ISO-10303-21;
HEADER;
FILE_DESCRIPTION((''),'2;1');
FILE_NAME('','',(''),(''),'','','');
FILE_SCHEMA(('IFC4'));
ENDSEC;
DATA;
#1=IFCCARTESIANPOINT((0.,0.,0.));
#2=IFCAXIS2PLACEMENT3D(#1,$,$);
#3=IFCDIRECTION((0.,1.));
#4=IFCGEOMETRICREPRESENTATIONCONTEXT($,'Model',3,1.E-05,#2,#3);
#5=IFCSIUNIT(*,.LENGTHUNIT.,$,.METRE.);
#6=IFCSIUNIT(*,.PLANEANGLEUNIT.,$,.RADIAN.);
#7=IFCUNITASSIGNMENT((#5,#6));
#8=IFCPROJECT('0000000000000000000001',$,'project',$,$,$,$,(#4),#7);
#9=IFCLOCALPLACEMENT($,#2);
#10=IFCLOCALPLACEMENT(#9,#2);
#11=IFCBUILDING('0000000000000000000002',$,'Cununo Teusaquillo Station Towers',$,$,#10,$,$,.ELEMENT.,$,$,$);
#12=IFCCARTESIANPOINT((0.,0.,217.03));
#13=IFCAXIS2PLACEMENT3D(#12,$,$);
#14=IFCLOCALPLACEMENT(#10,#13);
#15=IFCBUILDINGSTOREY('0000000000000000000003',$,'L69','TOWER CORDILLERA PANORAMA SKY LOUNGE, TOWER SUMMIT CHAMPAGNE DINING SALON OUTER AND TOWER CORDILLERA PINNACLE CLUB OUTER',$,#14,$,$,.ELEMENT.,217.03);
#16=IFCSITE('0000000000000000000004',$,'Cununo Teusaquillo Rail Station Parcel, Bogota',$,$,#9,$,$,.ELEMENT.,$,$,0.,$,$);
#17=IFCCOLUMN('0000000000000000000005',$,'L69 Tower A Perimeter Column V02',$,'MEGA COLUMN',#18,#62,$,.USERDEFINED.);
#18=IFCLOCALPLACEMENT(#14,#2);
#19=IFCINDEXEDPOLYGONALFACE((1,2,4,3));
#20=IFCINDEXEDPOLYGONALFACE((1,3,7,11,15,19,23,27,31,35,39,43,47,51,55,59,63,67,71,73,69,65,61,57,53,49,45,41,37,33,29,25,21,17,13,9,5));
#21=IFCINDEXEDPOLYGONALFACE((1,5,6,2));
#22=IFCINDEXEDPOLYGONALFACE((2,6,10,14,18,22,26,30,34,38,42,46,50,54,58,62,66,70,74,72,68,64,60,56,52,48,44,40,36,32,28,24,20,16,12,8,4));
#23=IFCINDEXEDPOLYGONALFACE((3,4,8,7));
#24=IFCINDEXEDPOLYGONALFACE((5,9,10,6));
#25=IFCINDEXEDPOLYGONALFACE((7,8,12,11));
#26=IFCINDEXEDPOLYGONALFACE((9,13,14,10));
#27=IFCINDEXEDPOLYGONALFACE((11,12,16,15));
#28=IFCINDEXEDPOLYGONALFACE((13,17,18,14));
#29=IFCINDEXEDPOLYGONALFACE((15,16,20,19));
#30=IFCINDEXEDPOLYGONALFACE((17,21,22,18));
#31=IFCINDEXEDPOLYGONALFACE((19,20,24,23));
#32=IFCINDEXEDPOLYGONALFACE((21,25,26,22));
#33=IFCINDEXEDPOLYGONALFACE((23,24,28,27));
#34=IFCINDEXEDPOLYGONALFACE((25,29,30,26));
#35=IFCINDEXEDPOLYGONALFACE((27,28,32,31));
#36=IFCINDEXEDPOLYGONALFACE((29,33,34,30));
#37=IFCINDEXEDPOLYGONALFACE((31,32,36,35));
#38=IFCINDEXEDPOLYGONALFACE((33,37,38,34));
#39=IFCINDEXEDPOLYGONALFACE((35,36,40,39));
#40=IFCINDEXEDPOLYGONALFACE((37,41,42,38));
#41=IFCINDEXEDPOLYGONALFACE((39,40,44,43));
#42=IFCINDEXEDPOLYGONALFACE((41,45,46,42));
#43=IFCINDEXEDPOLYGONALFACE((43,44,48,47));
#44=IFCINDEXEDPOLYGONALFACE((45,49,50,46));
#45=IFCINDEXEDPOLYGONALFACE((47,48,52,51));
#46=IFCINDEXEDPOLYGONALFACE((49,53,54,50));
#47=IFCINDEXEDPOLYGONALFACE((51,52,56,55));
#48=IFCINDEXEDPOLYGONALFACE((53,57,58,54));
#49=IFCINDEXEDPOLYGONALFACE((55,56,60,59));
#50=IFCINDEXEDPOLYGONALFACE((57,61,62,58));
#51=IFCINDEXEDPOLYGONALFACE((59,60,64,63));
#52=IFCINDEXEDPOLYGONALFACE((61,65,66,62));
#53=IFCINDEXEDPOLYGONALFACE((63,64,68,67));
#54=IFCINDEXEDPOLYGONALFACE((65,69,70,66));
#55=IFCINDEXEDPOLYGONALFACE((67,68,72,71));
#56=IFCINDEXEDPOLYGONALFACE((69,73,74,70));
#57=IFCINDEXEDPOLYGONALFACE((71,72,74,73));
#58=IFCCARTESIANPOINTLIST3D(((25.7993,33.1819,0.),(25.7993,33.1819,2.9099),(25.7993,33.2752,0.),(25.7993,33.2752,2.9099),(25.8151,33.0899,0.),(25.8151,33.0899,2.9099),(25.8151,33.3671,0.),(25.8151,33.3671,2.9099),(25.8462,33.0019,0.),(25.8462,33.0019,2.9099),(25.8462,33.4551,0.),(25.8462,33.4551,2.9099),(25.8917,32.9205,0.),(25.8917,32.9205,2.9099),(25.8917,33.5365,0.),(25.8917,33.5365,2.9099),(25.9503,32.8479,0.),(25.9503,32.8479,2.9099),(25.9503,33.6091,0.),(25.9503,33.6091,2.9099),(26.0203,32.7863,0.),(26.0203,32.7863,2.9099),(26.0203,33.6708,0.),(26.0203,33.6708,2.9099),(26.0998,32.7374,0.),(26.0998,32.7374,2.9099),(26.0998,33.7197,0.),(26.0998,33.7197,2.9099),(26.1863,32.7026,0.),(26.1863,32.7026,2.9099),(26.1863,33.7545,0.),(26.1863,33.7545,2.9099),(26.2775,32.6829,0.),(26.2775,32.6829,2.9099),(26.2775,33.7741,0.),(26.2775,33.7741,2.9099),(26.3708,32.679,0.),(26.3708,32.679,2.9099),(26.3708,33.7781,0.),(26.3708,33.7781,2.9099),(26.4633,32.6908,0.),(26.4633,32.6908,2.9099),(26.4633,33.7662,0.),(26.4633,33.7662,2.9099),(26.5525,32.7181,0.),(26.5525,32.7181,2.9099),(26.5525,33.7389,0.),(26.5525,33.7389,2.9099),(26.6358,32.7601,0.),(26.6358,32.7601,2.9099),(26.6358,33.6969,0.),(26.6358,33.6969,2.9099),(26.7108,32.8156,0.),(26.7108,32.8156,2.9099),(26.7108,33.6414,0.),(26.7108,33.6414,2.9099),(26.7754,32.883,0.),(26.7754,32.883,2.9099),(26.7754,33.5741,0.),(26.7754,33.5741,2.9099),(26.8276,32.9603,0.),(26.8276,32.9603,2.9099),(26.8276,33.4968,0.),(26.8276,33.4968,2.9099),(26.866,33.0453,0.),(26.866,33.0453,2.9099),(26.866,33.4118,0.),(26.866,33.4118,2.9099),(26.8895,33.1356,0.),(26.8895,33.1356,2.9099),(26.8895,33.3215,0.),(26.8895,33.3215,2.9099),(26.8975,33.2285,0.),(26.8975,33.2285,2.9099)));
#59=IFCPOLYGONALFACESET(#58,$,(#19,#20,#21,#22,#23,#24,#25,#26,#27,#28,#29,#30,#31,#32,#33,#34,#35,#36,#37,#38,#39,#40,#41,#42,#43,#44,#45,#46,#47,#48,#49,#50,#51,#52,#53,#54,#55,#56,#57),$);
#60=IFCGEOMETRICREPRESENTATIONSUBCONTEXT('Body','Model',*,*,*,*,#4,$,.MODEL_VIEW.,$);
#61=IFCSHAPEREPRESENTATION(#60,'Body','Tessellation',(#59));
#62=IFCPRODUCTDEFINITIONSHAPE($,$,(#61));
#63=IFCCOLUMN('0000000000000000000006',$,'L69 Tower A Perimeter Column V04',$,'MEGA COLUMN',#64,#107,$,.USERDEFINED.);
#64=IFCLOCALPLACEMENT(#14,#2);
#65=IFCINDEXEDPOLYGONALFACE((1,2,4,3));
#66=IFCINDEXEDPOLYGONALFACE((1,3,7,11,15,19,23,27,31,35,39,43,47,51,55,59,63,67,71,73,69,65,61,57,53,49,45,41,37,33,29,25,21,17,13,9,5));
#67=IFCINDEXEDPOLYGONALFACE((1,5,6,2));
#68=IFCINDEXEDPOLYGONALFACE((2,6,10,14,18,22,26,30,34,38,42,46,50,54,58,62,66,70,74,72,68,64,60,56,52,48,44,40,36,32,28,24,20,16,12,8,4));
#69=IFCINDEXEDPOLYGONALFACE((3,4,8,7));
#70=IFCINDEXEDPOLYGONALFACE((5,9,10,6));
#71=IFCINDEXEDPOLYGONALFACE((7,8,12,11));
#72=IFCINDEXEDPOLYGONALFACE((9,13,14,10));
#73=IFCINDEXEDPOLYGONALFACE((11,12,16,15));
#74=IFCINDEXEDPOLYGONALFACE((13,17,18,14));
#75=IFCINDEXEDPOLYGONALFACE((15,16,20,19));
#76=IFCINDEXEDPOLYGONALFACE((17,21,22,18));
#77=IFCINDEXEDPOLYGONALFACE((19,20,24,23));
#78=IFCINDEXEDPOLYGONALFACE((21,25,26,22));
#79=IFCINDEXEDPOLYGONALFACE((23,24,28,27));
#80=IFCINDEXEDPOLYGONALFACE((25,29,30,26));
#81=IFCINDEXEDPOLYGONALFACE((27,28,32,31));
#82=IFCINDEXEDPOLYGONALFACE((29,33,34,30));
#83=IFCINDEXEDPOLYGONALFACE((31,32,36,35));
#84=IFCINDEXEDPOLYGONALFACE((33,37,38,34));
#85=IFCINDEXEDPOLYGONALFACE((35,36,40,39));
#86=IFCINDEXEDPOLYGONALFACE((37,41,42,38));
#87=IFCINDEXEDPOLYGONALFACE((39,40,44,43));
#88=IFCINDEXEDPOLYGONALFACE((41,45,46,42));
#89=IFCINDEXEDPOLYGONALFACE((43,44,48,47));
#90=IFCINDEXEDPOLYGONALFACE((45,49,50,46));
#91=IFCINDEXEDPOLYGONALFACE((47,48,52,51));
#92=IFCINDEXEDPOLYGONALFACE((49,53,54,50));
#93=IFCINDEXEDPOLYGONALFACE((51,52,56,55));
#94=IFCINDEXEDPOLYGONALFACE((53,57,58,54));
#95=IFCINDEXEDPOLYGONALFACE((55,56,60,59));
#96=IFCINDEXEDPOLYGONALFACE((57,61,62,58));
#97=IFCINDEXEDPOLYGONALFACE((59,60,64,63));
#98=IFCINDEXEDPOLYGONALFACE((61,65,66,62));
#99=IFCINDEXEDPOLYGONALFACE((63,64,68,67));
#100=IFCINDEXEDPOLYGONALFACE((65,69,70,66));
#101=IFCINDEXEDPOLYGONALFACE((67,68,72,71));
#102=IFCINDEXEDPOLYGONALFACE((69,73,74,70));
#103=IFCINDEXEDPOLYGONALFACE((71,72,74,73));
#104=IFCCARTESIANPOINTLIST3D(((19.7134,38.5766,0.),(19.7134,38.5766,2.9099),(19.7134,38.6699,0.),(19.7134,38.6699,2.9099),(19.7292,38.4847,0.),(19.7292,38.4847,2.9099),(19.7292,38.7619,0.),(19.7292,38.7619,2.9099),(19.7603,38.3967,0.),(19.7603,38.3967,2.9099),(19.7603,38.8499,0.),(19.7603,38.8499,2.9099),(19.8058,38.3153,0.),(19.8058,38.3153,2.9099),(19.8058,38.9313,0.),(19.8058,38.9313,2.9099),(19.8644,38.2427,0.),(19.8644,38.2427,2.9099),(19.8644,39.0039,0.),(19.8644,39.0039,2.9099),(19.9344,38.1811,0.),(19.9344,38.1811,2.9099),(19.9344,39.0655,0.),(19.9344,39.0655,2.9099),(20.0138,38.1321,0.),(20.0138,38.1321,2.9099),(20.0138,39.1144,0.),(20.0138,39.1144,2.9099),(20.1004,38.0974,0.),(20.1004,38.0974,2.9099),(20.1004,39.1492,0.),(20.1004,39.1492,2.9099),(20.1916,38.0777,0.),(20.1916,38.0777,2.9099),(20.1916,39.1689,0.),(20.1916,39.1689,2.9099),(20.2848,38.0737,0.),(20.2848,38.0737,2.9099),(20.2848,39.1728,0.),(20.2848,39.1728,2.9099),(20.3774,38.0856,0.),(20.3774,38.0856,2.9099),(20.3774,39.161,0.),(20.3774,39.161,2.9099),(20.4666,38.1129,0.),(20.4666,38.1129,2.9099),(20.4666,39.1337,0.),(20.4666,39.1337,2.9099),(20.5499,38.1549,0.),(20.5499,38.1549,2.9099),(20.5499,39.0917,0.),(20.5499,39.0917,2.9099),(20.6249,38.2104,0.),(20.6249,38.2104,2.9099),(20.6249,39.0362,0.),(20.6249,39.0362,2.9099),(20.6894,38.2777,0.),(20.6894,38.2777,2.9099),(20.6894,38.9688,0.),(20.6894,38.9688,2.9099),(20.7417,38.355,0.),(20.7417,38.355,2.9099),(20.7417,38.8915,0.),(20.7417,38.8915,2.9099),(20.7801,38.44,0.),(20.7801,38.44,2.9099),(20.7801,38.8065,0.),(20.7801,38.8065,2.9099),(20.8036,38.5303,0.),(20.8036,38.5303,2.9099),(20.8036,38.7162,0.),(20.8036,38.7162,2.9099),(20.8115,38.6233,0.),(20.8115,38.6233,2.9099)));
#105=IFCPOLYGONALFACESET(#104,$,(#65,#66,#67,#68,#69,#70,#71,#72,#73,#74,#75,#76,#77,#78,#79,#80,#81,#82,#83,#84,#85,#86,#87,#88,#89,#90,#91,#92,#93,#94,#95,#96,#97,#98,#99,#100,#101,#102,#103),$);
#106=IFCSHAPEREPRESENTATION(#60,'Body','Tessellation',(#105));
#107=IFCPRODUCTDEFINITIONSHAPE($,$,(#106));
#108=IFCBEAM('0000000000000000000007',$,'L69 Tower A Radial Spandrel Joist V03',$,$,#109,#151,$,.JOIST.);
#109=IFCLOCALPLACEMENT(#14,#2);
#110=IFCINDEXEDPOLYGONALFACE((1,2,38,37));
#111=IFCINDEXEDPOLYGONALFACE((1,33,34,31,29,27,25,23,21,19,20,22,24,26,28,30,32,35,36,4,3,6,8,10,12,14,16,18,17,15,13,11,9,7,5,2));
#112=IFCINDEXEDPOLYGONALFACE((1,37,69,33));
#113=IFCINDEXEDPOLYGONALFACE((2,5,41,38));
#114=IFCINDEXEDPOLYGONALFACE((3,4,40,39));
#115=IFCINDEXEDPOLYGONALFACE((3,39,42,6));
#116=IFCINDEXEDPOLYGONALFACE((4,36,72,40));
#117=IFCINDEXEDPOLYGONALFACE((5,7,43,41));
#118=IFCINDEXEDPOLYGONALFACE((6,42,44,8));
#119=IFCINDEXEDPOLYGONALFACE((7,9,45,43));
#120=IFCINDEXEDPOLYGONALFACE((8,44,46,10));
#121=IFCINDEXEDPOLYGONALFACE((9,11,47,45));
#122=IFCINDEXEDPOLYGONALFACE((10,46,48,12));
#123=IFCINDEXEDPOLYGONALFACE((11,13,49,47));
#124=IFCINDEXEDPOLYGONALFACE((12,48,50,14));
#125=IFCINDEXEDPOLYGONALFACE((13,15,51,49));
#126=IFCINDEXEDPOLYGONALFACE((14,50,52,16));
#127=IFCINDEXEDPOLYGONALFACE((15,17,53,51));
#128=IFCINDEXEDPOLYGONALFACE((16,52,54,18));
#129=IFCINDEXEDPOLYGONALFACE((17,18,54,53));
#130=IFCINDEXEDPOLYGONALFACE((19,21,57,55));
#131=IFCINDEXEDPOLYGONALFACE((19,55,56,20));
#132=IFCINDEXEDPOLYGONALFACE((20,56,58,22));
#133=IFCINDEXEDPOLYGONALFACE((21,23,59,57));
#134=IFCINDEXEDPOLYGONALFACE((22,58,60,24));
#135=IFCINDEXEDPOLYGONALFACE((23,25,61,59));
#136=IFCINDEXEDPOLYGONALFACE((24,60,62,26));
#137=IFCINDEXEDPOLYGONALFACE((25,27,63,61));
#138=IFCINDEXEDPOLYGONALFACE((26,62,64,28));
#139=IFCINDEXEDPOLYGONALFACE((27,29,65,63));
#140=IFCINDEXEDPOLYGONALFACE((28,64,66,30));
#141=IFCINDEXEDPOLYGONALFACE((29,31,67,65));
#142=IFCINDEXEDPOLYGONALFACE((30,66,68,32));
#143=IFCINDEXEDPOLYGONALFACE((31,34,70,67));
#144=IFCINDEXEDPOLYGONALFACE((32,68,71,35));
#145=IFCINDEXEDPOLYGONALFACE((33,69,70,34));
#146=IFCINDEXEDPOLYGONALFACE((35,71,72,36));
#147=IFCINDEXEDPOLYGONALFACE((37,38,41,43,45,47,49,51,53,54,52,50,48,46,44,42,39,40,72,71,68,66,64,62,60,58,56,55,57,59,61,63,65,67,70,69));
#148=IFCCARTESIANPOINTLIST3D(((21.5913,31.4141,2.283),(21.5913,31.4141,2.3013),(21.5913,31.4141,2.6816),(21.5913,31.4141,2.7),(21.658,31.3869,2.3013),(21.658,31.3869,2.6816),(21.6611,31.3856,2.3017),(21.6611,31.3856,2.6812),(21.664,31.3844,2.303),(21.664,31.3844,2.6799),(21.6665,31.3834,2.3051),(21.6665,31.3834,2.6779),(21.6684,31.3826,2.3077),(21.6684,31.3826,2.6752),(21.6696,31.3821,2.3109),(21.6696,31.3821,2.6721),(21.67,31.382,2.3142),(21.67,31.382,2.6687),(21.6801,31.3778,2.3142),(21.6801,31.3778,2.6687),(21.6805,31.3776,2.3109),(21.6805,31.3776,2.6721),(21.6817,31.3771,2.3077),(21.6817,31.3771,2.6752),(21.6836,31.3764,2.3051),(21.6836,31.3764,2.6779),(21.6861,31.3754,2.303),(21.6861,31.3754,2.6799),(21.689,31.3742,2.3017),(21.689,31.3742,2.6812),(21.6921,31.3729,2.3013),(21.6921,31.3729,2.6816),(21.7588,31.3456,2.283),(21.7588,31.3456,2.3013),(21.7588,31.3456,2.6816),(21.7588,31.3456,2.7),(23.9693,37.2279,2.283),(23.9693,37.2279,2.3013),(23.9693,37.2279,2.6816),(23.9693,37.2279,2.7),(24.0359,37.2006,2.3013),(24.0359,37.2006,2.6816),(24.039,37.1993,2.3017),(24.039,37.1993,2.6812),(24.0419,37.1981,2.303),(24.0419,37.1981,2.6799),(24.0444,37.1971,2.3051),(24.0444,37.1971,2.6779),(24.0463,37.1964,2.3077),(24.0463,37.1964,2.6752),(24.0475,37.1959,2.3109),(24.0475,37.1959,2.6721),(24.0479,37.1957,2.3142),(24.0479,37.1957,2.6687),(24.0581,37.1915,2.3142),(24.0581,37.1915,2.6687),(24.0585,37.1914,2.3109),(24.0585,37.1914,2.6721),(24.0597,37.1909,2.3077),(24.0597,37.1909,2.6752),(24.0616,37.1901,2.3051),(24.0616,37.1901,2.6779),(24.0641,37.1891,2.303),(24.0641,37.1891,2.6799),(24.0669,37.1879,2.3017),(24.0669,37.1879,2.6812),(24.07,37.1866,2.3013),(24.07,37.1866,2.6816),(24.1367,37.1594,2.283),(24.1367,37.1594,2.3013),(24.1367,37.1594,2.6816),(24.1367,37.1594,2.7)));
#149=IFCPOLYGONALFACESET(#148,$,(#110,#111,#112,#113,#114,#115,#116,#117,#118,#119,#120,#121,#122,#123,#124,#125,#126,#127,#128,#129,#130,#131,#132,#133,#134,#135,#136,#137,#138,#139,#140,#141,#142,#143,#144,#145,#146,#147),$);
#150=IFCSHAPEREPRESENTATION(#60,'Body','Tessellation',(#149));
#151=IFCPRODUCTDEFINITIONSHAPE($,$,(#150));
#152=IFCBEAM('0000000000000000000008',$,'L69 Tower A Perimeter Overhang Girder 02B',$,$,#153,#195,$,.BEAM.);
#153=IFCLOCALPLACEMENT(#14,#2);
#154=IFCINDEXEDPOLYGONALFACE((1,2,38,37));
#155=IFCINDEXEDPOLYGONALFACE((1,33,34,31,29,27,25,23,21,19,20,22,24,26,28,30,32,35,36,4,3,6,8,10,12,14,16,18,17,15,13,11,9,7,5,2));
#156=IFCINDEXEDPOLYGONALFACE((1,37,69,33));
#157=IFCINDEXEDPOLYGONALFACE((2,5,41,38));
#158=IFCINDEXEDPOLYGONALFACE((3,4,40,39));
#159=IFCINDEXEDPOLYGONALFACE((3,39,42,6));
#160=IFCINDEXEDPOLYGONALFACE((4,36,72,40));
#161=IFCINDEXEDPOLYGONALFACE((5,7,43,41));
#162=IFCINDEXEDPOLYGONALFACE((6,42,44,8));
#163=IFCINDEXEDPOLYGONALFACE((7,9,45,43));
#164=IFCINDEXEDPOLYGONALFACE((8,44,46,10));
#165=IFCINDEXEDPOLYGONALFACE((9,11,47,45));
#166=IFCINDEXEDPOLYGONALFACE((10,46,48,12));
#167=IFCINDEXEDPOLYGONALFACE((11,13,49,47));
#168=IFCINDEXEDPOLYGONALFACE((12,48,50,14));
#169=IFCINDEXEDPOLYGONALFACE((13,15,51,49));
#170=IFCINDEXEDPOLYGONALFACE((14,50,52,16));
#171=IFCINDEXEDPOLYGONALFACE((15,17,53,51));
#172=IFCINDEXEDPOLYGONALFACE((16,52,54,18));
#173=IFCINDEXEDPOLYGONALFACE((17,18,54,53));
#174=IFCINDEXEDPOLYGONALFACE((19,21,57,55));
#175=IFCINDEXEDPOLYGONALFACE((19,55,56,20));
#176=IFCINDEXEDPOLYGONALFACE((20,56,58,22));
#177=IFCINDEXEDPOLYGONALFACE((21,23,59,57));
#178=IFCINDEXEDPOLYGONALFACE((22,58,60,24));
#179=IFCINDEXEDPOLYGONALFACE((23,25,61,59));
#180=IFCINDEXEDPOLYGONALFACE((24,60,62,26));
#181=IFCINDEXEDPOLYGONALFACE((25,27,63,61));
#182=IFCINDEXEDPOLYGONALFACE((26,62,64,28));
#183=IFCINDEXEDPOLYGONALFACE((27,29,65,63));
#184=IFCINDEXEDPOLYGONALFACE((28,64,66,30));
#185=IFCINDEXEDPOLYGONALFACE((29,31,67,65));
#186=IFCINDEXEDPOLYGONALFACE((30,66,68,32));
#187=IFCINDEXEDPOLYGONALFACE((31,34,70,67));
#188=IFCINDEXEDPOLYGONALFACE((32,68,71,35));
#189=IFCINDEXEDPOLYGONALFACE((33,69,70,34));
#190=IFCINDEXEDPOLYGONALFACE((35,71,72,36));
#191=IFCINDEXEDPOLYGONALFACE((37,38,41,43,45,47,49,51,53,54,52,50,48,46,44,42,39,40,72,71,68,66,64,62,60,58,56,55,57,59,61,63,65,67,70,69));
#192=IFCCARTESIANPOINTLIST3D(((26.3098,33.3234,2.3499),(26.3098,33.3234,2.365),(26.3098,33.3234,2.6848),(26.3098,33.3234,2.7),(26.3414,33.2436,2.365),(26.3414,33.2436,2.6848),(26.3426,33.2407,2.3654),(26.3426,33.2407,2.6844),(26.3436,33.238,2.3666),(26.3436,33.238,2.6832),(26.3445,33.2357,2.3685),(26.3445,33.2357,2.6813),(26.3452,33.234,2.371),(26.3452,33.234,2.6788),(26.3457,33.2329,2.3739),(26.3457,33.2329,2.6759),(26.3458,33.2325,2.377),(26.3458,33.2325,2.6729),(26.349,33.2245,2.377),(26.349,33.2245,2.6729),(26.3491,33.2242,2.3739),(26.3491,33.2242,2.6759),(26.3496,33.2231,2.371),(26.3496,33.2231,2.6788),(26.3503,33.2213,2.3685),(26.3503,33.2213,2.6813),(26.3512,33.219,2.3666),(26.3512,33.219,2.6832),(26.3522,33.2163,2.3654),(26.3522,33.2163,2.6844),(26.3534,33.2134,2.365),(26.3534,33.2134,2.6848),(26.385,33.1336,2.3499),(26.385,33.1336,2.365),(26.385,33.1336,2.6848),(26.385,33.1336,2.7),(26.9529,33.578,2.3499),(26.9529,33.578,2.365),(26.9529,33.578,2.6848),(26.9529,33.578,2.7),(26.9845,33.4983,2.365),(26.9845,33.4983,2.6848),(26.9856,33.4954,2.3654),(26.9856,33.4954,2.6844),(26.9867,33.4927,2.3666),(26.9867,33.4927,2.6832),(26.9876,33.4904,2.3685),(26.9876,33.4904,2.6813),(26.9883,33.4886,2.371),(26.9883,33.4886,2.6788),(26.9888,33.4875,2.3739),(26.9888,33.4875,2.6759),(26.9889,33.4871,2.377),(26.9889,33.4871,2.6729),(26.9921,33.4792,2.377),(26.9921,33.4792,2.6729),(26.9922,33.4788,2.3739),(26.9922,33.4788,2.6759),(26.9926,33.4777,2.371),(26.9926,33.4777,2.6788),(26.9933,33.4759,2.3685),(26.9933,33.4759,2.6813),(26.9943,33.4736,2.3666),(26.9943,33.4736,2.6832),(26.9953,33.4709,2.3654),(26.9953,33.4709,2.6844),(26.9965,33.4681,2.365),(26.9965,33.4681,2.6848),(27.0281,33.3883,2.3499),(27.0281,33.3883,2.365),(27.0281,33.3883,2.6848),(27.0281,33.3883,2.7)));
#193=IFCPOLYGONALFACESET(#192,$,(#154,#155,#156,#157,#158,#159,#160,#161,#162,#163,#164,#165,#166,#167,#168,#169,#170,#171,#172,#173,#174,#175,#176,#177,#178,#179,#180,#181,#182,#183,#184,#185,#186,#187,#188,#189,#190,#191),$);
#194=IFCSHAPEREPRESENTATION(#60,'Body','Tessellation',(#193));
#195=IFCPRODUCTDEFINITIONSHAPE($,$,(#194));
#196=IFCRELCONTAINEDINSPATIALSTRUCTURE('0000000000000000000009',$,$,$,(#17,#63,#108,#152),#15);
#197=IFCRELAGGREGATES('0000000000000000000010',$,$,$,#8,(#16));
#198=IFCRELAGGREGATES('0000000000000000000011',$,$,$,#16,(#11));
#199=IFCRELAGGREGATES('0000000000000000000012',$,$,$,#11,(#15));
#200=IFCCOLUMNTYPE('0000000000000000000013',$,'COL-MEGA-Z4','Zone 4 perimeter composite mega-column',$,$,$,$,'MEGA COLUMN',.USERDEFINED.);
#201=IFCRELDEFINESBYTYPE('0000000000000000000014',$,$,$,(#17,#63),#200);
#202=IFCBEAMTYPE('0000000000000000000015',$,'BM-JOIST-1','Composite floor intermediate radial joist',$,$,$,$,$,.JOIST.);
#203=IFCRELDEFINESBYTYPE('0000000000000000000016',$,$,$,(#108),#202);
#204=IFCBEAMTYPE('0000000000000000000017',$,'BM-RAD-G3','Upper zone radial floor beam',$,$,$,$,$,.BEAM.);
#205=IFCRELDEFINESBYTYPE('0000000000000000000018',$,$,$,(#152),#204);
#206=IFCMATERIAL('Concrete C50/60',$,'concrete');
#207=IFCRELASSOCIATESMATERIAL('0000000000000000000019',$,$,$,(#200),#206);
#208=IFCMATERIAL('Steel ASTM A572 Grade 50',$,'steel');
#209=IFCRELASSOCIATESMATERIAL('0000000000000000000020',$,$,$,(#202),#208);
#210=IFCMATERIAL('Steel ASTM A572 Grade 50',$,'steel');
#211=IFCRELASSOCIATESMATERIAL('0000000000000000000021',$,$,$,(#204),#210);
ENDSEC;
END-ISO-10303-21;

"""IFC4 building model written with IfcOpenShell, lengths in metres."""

from ifc_helpers import new_model, si_unit, direction, frame, origin, origin_2d, place, context, subcontext, project, spatial, circle, i_section, extrude, material, material_profile, profile_set, type_object, element, save


model = new_model("IFC4")

# Units and contexts
model_context = context("Model", 3, precision=1e-05, world=origin(), true_north=direction((0.0, 1.0)))
body_context = subcontext(model_context, "Body", "Model", "MODEL_VIEW")
ifc_project = project(units=[si_unit("LENGTHUNIT", "METRE"), si_unit("PLANEANGLEUNIT", "RADIAN")], contexts=[model_context])

# Site, building, storey
site_placement = place(None, origin())
site = spatial("IfcSite", under=ifc_project, at=site_placement, Name="Cununo Teusaquillo Rail Station Parcel, Bogota", CompositionType="ELEMENT", RefElevation=0.0)
building_placement = place(site_placement, origin())
building = spatial("IfcBuilding", under=site, at=building_placement, Name="Cununo Teusaquillo Station Towers", CompositionType="ELEMENT")
storey_placement = place(building_placement, frame((0.0, 0.0, 217.03)))
storey = spatial("IfcBuildingStorey", under=building, at=storey_placement, Name="L69", Description="TOWER CORDILLERA PANORAMA SKY LOUNGE, TOWER SUMMIT CHAMPAGNE DINING SALON OUTER AND TOWER CORDILLERA PINNACLE CLUB OUTER", CompositionType="ELEMENT", Elevation=217.03)

# Columns
ifc_material_1 = material(Name="Concrete C50/60", Category="concrete")
ifc_material_profile_1 = material_profile(ifc_material_1, circle(Radius=0.55, at=origin_2d()), Name="RC-CIRC-1100")
ifc_profile_set_1 = profile_set([ifc_material_profile_1], Name="Concrete C50/60")
column_type = type_object("IfcColumnType", Name="COL-MEGA-Z4", Description="Zone 4 perimeter composite mega-column", ElementType="MEGA COLUMN", PredefinedType="USERDEFINED", material=ifc_profile_set_1)
for number, where, z_axis, x_axis, name in (
    (1, (26.3474, 33.2285, 0.0), (0.0, 0.0, 1.0), (1.0, 0.0, 0.0), "L69 Tower A Perimeter Column V02"),
    (2, (20.2615, 38.6233, 0.0), (0.0, 0.0, 1.0), (1.0, 0.0, 0.0), "L69 Tower A Perimeter Column V04"),
):
    element("IfcColumn", number, at=place(storey_placement, frame(where, z_axis=z_axis, x_axis=x_axis)), inside=storey, type_object=column_type, Name=name, ObjectType="MEGA COLUMN", PredefinedType="USERDEFINED", context=body_context, shape_type="SweptSolid", body=[
        extrude(circle(Radius=0.55, at=origin_2d()), origin(), (0.0, 0.0, 1.0), 2.9099),
    ])

# Beams
ifc_material_2 = material(Name="Steel ASTM A572 Grade 50", Category="steel")
ifc_material_profile_2 = material_profile(ifc_material_2, i_section(OverallWidth=0.1809, OverallDepth=0.417, WebThickness=0.011, FlangeThickness=0.0183, FilletRadius=0.0129, at=origin_2d()), Name="W16X57")
ifc_profile_set_2 = profile_set([ifc_material_profile_2], Name="Steel ASTM A572 Grade 50")
beam_type_1 = type_object("IfcBeamType", Name="BM-JOIST-1", Description="Composite floor intermediate radial joist", PredefinedType="JOIST", material=ifc_profile_set_2)
beam_1_placement = place(storey_placement, frame((21.675, 31.3799, 2.4915), z_axis=(0.378577, 0.92557, 0.0), x_axis=(-0.92557, 0.378577, 0.0)))
element("IfcBeam", 3, at=beam_1_placement, inside=storey, type_object=beam_type_1, Name="L69 Tower A Radial Spandrel Joist V03", PredefinedType="JOIST", context=body_context, shape_type="SweptSolid", body=[
    extrude(i_section(OverallWidth=0.1809, OverallDepth=0.417, WebThickness=0.011, FlangeThickness=0.0183, FilletRadius=0.0129, at=origin_2d()), origin(), (0.0, 0.0, 1.0), 6.2812),
])
ifc_material_3 = material(Name="Steel ASTM A572 Grade 50", Category="steel")
ifc_material_profile_3 = material_profile(ifc_material_3, i_section(OverallWidth=0.2041, OverallDepth=0.3501, WebThickness=0.0085, FlangeThickness=0.0151, FilletRadius=0.012, at=origin_2d()), Name="W14X48")
ifc_profile_set_3 = profile_set([ifc_material_profile_3], Name="Steel ASTM A572 Grade 50")
beam_type_2 = type_object("IfcBeamType", Name="BM-RAD-G3", Description="Upper zone radial floor beam", PredefinedType="BEAM", material=ifc_profile_set_3)
beam_2_placement = place(storey_placement, frame((26.3474, 33.2285, 2.5249), z_axis=(0.929761, 0.368163, 0.0), x_axis=(-0.368163, 0.929761, 0.0)))
element("IfcBeam", 4, at=beam_2_placement, inside=storey, type_object=beam_type_2, Name="L69 Tower A Perimeter Overhang Girder 02B", PredefinedType="BEAM", context=body_context, shape_type="SweptSolid", body=[
    extrude(i_section(OverallWidth=0.2041, OverallDepth=0.3501, WebThickness=0.0085, FlangeThickness=0.0151, FilletRadius=0.012, at=origin_2d()), origin(), (0.0, 0.0, 1.0), 0.6917),
])

save(model, "model.ifc")
